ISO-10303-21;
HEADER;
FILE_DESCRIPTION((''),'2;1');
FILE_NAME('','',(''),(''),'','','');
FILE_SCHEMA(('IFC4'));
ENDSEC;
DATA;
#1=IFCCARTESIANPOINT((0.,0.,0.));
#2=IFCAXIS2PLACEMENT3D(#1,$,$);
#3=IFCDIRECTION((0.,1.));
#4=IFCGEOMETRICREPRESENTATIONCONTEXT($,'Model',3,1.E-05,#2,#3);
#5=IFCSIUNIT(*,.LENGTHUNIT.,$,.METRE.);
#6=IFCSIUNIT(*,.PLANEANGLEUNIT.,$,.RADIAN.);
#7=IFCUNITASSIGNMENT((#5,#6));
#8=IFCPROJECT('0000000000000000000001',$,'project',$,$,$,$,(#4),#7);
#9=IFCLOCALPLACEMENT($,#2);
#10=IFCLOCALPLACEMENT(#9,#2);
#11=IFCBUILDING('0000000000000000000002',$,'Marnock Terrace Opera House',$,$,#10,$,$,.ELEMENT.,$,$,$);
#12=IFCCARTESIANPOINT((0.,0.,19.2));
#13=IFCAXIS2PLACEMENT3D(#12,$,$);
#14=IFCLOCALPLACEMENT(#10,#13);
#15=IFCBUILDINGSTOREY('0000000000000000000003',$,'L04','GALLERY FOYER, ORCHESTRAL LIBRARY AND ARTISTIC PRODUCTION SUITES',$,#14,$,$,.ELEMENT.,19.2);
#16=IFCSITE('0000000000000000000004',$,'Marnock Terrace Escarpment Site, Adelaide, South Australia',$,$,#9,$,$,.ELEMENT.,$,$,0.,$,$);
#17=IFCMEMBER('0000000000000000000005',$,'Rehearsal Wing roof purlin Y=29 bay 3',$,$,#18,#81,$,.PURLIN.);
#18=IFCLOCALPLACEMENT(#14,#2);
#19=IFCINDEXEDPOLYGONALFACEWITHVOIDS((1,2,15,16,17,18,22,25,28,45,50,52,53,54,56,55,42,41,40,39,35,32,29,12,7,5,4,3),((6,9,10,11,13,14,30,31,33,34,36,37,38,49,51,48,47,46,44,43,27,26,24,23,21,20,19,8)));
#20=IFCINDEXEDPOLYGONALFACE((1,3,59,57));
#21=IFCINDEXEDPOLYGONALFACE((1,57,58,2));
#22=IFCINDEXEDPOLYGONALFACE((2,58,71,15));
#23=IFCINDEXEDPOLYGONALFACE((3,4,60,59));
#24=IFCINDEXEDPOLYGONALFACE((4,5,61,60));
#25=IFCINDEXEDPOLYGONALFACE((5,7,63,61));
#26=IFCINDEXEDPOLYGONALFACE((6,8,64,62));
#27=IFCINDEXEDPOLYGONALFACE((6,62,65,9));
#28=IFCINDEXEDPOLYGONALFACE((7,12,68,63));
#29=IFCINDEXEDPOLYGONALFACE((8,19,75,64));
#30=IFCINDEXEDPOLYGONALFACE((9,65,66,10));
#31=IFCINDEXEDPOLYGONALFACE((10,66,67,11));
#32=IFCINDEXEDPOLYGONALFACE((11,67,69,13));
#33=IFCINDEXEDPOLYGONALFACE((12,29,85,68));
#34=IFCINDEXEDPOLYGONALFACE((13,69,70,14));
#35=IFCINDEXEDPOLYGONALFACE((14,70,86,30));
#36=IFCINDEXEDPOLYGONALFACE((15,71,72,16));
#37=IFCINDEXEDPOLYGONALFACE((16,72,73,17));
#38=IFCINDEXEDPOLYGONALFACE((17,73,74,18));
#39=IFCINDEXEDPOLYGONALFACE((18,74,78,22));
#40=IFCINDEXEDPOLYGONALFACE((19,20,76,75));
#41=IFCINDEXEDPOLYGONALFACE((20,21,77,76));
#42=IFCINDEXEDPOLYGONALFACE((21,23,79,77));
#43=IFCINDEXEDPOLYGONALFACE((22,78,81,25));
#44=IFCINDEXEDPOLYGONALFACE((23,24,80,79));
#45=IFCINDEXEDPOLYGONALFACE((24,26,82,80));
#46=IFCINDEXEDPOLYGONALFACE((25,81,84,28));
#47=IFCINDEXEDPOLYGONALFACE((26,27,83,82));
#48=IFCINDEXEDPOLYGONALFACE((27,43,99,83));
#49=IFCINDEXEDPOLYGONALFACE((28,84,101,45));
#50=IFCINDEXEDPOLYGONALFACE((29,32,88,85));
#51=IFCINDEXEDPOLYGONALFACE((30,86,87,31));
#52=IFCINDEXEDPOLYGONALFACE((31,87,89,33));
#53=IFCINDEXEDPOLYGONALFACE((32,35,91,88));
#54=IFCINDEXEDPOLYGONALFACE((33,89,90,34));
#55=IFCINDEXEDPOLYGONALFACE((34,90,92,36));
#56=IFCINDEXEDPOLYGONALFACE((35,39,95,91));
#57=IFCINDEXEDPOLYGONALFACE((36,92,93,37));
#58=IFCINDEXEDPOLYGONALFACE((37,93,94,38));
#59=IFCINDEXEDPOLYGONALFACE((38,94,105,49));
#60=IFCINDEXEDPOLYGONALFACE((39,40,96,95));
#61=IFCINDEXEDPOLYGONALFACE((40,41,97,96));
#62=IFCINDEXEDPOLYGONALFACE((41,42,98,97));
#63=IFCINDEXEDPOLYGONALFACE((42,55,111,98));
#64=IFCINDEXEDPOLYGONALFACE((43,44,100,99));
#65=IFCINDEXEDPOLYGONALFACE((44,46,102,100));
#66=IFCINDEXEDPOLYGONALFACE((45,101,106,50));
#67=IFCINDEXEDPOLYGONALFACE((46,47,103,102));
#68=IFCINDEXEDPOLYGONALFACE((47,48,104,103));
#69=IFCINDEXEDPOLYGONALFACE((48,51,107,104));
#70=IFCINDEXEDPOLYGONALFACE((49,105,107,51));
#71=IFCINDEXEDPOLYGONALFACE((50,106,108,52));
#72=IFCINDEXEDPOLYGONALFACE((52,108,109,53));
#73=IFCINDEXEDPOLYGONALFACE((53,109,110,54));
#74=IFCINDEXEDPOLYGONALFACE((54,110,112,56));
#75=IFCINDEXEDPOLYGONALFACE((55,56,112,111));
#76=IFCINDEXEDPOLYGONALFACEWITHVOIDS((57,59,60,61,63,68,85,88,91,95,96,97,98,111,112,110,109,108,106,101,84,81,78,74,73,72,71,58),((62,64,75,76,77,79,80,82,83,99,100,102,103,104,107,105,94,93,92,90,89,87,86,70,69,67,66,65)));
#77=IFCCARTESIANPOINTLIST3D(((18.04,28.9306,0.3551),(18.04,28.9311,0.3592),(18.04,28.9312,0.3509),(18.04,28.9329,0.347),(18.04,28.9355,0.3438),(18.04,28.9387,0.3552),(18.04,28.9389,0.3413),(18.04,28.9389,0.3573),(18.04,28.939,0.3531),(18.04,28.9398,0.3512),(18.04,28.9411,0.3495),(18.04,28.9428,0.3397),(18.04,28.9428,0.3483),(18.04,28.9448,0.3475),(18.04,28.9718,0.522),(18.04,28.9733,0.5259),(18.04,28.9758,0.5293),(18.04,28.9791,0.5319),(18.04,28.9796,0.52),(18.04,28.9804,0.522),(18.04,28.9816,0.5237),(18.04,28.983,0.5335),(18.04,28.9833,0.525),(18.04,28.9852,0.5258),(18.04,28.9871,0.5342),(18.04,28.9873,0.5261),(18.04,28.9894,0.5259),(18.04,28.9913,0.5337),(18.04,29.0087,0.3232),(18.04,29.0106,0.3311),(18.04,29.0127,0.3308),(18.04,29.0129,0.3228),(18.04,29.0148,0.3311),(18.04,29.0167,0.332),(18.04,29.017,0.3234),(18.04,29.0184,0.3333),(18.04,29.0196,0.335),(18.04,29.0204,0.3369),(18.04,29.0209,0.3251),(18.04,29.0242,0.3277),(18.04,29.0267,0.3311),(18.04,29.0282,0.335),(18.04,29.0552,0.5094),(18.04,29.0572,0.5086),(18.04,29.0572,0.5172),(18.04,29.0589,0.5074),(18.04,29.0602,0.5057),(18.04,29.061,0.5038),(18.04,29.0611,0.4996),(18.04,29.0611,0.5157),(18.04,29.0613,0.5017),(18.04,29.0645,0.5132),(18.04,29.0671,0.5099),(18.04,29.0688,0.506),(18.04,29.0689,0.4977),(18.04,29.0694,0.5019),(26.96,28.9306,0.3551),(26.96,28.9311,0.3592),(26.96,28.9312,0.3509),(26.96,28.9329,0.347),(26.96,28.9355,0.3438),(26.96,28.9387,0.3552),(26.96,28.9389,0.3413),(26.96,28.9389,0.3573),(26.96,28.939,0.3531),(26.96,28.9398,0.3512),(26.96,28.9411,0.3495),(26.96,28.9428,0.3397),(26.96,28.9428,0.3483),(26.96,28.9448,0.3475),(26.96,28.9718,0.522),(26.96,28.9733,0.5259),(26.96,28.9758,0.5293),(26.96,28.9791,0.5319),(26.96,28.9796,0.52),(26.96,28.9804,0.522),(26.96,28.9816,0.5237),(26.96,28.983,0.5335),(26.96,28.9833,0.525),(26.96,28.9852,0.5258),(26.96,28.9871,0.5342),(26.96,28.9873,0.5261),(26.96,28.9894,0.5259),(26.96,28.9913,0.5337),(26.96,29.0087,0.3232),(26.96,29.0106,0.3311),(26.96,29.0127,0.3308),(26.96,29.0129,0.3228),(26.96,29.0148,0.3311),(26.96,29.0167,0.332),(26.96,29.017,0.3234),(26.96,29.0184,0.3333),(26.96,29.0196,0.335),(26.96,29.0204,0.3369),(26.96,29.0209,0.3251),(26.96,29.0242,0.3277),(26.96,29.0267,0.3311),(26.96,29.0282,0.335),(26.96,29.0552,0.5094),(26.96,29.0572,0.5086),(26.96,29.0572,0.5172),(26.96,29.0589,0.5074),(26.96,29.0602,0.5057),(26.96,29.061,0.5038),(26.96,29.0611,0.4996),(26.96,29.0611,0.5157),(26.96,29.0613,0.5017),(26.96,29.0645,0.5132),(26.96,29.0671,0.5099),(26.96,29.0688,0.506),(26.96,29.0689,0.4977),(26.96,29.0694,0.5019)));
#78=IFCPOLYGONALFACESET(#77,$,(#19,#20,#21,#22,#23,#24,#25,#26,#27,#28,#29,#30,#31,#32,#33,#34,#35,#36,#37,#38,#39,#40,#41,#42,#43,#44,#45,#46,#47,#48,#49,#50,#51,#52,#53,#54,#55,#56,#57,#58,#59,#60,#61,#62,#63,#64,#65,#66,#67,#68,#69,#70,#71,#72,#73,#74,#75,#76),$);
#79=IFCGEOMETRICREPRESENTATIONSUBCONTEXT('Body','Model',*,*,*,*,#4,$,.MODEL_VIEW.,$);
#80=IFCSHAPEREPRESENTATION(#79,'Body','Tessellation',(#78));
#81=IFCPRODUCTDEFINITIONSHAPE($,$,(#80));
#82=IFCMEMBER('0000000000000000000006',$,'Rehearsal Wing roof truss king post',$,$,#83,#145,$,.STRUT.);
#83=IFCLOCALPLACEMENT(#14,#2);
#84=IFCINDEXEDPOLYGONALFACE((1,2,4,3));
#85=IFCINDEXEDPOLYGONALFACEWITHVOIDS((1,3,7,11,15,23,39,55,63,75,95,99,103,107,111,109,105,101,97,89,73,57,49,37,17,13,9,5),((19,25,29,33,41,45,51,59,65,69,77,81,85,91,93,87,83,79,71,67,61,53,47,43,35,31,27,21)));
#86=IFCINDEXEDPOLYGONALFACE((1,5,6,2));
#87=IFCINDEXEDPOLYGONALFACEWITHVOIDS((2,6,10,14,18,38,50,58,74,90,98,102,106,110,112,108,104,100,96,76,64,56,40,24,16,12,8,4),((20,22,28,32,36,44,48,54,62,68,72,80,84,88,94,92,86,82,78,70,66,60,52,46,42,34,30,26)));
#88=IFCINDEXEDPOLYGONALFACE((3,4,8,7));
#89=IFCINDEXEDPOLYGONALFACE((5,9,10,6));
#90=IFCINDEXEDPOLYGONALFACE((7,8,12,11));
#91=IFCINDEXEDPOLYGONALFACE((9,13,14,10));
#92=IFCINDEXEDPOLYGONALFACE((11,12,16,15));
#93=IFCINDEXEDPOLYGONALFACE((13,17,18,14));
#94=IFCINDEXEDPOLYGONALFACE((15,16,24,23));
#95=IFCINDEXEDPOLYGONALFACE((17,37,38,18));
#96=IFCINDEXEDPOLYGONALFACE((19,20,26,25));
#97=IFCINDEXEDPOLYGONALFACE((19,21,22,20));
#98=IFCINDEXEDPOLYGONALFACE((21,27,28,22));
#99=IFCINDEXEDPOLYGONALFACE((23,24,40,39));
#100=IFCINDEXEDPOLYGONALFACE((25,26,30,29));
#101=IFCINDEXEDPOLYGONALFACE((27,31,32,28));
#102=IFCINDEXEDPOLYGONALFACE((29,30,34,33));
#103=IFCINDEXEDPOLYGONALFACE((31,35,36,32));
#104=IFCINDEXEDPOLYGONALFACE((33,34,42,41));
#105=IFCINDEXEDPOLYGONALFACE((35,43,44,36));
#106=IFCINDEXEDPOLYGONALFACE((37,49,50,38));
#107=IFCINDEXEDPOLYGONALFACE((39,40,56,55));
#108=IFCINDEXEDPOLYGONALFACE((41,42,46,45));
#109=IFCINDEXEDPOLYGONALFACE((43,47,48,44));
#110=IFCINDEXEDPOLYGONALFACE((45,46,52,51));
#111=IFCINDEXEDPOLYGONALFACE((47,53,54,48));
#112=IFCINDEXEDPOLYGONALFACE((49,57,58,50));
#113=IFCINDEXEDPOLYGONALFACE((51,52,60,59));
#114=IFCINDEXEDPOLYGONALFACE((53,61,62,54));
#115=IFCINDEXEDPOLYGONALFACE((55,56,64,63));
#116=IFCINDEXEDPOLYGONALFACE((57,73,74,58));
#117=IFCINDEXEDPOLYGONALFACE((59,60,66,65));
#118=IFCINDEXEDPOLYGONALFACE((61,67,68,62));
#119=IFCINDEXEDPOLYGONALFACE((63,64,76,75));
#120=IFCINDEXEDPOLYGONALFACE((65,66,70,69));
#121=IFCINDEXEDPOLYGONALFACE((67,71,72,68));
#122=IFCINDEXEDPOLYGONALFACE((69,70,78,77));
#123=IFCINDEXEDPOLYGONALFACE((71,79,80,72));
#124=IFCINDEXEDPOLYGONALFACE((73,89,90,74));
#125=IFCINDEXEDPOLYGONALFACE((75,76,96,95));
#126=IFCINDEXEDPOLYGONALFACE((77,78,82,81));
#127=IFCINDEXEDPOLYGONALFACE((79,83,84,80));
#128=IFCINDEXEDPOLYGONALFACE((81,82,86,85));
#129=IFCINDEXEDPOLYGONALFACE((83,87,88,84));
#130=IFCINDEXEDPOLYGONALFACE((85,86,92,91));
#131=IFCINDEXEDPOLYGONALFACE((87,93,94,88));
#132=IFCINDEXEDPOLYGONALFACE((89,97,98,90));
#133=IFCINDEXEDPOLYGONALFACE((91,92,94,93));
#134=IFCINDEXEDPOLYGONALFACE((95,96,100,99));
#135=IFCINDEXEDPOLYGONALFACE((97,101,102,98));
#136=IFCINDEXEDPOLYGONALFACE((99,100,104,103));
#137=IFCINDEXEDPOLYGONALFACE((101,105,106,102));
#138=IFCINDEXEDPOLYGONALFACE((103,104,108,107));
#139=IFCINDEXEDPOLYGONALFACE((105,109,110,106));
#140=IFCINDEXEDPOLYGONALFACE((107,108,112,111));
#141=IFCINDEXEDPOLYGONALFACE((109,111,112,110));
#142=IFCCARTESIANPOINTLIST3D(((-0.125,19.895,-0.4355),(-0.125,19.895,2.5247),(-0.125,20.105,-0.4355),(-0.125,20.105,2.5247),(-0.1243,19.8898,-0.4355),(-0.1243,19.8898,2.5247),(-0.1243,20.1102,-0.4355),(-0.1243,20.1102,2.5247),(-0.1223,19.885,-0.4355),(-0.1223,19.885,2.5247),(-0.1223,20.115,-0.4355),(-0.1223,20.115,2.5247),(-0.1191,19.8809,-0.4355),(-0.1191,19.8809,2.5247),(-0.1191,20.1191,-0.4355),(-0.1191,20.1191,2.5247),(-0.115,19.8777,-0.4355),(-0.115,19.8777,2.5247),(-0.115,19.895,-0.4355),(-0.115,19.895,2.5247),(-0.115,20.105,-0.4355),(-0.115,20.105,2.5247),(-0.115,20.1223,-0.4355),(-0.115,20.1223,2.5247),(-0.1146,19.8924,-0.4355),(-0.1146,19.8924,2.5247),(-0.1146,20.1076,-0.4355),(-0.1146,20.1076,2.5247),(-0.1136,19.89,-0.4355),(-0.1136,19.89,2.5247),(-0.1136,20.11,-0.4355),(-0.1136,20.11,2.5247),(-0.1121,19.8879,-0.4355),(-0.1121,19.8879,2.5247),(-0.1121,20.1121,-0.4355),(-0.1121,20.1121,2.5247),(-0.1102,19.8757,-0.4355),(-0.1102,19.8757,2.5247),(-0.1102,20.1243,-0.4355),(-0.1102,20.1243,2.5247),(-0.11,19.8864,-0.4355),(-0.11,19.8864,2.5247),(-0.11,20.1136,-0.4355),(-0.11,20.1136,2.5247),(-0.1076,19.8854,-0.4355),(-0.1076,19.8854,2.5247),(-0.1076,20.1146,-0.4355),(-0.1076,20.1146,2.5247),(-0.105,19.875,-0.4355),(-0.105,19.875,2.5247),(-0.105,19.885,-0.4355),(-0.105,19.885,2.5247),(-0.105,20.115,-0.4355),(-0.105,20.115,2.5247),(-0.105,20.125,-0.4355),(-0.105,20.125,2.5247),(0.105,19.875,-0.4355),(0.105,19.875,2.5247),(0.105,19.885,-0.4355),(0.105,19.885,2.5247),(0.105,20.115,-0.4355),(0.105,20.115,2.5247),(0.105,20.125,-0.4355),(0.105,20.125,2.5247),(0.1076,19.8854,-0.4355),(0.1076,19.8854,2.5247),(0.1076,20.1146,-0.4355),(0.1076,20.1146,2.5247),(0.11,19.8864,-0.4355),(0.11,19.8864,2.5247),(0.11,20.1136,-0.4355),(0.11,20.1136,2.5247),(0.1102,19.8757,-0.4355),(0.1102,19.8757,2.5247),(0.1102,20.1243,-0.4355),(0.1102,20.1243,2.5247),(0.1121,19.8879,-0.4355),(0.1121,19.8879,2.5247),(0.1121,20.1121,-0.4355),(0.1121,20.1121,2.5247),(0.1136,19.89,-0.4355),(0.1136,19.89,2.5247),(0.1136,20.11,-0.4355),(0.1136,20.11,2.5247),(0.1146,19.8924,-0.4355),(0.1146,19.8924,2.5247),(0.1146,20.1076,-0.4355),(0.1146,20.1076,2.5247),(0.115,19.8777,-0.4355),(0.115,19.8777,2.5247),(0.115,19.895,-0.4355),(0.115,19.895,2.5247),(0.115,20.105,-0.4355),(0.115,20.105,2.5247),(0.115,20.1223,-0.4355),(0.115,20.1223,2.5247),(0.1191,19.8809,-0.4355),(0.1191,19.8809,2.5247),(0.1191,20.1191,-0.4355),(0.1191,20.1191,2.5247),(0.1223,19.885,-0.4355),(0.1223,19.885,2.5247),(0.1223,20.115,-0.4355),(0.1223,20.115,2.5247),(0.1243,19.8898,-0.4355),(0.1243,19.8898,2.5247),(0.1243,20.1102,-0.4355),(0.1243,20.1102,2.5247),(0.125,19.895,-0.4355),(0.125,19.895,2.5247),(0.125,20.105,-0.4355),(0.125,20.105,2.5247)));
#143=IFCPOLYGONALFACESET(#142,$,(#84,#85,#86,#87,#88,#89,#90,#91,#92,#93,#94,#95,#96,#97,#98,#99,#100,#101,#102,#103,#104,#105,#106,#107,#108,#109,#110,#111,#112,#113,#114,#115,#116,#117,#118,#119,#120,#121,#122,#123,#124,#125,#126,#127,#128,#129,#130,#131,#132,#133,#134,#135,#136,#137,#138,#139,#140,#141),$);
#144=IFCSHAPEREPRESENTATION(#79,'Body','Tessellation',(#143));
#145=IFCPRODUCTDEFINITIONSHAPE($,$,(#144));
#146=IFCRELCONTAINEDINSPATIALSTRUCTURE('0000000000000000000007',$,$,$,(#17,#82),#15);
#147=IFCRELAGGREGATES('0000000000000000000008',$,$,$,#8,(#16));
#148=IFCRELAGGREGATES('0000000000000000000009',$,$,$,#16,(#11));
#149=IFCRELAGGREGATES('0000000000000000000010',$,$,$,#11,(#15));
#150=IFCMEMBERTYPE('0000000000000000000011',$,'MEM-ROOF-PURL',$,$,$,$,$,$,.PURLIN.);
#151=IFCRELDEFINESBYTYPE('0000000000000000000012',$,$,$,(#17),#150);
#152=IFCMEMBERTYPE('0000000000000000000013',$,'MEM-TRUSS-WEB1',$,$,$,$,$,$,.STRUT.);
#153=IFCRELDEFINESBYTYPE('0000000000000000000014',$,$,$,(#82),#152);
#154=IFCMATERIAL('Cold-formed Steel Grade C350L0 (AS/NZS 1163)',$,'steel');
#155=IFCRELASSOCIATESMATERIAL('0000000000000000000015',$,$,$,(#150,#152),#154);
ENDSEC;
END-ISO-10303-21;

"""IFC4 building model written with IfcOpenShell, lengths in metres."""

from ifc_helpers import new_model, si_unit, direction, frame, origin, origin_2d, place, context, subcontext, project, spatial, hollow_rectangle, extrude, material, material_profile, profile_set, type_object, element, save


model = new_model("IFC4")

# Units and contexts
model_context = context("Model", 3, precision=1e-05, world=origin(), true_north=direction((0.0, 1.0)))
body_context = subcontext(model_context, "Body", "Model", "MODEL_VIEW")
ifc_project = project(units=[si_unit("LENGTHUNIT", "METRE"), si_unit("PLANEANGLEUNIT", "RADIAN")], contexts=[model_context])

# Site, building, storey
site_placement = place(None, origin())
site = spatial("IfcSite", under=ifc_project, at=site_placement, Name="Marnock Terrace Escarpment Site, Adelaide, South Australia", CompositionType="ELEMENT", RefElevation=0.0)
building_placement = place(site_placement, origin())
building = spatial("IfcBuilding", under=site, at=building_placement, Name="Marnock Terrace Opera House", CompositionType="ELEMENT")
storey_placement = place(building_placement, frame((0.0, 0.0, 19.2)))
storey = spatial("IfcBuildingStorey", under=building, at=storey_placement, Name="L04", Description="GALLERY FOYER, ORCHESTRAL LIBRARY AND ARTISTIC PRODUCTION SUITES", CompositionType="ELEMENT", Elevation=19.2)

# Members
ifc_material_1 = material(Name="Cold-formed Steel Grade C350L0 (AS/NZS 1163)", Category="steel")
ifc_material_profile_1 = material_profile(ifc_material_1, hollow_rectangle(XDim=0.1001, YDim=0.2, WallThickness=0.0081, InnerFilletRadius=0.0081, OuterFilletRadius=0.0161, at=origin_2d()))
ifc_profile_set_1 = profile_set([ifc_material_profile_1], Name="Cold-formed Steel Grade C350L0 (AS/NZS 1163)")
member_type_1 = type_object("IfcMemberType", Name="MEM-ROOF-PURL", PredefinedType="PURLIN", material=ifc_profile_set_1)
for number, where, z_axis, x_axis, name in (
    (1, (18.04, 29.0, 0.4285), (1.0, 0.0, 0.0), (0.0, 0.970143, -0.242535), "Rehearsal Wing roof purlin Y=29 bay 3"),
):
    element("IfcMember", number, at=place(storey_placement, frame(where, z_axis=z_axis, x_axis=x_axis)), inside=storey, type_object=member_type_1, Name=name, PredefinedType="PURLIN", context=body_context, shape_type="SweptSolid", body=[
        extrude(hollow_rectangle(XDim=0.1001, YDim=0.2, WallThickness=0.0081, InnerFilletRadius=0.0081, OuterFilletRadius=0.0161, at=origin_2d()), origin(), (0.0, 0.0, 1.0), 8.9199),
    ])
ifc_material_profile_2 = material_profile(ifc_material_1, hollow_rectangle(XDim=0.25, YDim=0.25, WallThickness=0.01, InnerFilletRadius=0.01, OuterFilletRadius=0.02, at=origin_2d()))
ifc_profile_set_2 = profile_set([ifc_material_profile_2], Name="Cold-formed Steel Grade C350L0 (AS/NZS 1163)")
member_type_2 = type_object("IfcMemberType", Name="MEM-TRUSS-WEB1", PredefinedType="STRUT", material=ifc_profile_set_2)
for number, where, z_axis, x_axis, name in (
    (2, (0.0, 20.0, -0.4355), (0.0, 0.0, 1.0), (1.0, 0.0, 0.0), "Rehearsal Wing roof truss king post"),
):
    element("IfcMember", number, at=place(storey_placement, frame(where, z_axis=z_axis, x_axis=x_axis)), inside=storey, type_object=member_type_2, Name=name, PredefinedType="STRUT", context=body_context, shape_type="SweptSolid", body=[
        extrude(hollow_rectangle(XDim=0.25, YDim=0.25, WallThickness=0.01, InnerFilletRadius=0.01, OuterFilletRadius=0.02, at=origin_2d()), origin(), (0.0, 0.0, 1.0), 2.9602),
    ])

save(model, "model.ifc")
